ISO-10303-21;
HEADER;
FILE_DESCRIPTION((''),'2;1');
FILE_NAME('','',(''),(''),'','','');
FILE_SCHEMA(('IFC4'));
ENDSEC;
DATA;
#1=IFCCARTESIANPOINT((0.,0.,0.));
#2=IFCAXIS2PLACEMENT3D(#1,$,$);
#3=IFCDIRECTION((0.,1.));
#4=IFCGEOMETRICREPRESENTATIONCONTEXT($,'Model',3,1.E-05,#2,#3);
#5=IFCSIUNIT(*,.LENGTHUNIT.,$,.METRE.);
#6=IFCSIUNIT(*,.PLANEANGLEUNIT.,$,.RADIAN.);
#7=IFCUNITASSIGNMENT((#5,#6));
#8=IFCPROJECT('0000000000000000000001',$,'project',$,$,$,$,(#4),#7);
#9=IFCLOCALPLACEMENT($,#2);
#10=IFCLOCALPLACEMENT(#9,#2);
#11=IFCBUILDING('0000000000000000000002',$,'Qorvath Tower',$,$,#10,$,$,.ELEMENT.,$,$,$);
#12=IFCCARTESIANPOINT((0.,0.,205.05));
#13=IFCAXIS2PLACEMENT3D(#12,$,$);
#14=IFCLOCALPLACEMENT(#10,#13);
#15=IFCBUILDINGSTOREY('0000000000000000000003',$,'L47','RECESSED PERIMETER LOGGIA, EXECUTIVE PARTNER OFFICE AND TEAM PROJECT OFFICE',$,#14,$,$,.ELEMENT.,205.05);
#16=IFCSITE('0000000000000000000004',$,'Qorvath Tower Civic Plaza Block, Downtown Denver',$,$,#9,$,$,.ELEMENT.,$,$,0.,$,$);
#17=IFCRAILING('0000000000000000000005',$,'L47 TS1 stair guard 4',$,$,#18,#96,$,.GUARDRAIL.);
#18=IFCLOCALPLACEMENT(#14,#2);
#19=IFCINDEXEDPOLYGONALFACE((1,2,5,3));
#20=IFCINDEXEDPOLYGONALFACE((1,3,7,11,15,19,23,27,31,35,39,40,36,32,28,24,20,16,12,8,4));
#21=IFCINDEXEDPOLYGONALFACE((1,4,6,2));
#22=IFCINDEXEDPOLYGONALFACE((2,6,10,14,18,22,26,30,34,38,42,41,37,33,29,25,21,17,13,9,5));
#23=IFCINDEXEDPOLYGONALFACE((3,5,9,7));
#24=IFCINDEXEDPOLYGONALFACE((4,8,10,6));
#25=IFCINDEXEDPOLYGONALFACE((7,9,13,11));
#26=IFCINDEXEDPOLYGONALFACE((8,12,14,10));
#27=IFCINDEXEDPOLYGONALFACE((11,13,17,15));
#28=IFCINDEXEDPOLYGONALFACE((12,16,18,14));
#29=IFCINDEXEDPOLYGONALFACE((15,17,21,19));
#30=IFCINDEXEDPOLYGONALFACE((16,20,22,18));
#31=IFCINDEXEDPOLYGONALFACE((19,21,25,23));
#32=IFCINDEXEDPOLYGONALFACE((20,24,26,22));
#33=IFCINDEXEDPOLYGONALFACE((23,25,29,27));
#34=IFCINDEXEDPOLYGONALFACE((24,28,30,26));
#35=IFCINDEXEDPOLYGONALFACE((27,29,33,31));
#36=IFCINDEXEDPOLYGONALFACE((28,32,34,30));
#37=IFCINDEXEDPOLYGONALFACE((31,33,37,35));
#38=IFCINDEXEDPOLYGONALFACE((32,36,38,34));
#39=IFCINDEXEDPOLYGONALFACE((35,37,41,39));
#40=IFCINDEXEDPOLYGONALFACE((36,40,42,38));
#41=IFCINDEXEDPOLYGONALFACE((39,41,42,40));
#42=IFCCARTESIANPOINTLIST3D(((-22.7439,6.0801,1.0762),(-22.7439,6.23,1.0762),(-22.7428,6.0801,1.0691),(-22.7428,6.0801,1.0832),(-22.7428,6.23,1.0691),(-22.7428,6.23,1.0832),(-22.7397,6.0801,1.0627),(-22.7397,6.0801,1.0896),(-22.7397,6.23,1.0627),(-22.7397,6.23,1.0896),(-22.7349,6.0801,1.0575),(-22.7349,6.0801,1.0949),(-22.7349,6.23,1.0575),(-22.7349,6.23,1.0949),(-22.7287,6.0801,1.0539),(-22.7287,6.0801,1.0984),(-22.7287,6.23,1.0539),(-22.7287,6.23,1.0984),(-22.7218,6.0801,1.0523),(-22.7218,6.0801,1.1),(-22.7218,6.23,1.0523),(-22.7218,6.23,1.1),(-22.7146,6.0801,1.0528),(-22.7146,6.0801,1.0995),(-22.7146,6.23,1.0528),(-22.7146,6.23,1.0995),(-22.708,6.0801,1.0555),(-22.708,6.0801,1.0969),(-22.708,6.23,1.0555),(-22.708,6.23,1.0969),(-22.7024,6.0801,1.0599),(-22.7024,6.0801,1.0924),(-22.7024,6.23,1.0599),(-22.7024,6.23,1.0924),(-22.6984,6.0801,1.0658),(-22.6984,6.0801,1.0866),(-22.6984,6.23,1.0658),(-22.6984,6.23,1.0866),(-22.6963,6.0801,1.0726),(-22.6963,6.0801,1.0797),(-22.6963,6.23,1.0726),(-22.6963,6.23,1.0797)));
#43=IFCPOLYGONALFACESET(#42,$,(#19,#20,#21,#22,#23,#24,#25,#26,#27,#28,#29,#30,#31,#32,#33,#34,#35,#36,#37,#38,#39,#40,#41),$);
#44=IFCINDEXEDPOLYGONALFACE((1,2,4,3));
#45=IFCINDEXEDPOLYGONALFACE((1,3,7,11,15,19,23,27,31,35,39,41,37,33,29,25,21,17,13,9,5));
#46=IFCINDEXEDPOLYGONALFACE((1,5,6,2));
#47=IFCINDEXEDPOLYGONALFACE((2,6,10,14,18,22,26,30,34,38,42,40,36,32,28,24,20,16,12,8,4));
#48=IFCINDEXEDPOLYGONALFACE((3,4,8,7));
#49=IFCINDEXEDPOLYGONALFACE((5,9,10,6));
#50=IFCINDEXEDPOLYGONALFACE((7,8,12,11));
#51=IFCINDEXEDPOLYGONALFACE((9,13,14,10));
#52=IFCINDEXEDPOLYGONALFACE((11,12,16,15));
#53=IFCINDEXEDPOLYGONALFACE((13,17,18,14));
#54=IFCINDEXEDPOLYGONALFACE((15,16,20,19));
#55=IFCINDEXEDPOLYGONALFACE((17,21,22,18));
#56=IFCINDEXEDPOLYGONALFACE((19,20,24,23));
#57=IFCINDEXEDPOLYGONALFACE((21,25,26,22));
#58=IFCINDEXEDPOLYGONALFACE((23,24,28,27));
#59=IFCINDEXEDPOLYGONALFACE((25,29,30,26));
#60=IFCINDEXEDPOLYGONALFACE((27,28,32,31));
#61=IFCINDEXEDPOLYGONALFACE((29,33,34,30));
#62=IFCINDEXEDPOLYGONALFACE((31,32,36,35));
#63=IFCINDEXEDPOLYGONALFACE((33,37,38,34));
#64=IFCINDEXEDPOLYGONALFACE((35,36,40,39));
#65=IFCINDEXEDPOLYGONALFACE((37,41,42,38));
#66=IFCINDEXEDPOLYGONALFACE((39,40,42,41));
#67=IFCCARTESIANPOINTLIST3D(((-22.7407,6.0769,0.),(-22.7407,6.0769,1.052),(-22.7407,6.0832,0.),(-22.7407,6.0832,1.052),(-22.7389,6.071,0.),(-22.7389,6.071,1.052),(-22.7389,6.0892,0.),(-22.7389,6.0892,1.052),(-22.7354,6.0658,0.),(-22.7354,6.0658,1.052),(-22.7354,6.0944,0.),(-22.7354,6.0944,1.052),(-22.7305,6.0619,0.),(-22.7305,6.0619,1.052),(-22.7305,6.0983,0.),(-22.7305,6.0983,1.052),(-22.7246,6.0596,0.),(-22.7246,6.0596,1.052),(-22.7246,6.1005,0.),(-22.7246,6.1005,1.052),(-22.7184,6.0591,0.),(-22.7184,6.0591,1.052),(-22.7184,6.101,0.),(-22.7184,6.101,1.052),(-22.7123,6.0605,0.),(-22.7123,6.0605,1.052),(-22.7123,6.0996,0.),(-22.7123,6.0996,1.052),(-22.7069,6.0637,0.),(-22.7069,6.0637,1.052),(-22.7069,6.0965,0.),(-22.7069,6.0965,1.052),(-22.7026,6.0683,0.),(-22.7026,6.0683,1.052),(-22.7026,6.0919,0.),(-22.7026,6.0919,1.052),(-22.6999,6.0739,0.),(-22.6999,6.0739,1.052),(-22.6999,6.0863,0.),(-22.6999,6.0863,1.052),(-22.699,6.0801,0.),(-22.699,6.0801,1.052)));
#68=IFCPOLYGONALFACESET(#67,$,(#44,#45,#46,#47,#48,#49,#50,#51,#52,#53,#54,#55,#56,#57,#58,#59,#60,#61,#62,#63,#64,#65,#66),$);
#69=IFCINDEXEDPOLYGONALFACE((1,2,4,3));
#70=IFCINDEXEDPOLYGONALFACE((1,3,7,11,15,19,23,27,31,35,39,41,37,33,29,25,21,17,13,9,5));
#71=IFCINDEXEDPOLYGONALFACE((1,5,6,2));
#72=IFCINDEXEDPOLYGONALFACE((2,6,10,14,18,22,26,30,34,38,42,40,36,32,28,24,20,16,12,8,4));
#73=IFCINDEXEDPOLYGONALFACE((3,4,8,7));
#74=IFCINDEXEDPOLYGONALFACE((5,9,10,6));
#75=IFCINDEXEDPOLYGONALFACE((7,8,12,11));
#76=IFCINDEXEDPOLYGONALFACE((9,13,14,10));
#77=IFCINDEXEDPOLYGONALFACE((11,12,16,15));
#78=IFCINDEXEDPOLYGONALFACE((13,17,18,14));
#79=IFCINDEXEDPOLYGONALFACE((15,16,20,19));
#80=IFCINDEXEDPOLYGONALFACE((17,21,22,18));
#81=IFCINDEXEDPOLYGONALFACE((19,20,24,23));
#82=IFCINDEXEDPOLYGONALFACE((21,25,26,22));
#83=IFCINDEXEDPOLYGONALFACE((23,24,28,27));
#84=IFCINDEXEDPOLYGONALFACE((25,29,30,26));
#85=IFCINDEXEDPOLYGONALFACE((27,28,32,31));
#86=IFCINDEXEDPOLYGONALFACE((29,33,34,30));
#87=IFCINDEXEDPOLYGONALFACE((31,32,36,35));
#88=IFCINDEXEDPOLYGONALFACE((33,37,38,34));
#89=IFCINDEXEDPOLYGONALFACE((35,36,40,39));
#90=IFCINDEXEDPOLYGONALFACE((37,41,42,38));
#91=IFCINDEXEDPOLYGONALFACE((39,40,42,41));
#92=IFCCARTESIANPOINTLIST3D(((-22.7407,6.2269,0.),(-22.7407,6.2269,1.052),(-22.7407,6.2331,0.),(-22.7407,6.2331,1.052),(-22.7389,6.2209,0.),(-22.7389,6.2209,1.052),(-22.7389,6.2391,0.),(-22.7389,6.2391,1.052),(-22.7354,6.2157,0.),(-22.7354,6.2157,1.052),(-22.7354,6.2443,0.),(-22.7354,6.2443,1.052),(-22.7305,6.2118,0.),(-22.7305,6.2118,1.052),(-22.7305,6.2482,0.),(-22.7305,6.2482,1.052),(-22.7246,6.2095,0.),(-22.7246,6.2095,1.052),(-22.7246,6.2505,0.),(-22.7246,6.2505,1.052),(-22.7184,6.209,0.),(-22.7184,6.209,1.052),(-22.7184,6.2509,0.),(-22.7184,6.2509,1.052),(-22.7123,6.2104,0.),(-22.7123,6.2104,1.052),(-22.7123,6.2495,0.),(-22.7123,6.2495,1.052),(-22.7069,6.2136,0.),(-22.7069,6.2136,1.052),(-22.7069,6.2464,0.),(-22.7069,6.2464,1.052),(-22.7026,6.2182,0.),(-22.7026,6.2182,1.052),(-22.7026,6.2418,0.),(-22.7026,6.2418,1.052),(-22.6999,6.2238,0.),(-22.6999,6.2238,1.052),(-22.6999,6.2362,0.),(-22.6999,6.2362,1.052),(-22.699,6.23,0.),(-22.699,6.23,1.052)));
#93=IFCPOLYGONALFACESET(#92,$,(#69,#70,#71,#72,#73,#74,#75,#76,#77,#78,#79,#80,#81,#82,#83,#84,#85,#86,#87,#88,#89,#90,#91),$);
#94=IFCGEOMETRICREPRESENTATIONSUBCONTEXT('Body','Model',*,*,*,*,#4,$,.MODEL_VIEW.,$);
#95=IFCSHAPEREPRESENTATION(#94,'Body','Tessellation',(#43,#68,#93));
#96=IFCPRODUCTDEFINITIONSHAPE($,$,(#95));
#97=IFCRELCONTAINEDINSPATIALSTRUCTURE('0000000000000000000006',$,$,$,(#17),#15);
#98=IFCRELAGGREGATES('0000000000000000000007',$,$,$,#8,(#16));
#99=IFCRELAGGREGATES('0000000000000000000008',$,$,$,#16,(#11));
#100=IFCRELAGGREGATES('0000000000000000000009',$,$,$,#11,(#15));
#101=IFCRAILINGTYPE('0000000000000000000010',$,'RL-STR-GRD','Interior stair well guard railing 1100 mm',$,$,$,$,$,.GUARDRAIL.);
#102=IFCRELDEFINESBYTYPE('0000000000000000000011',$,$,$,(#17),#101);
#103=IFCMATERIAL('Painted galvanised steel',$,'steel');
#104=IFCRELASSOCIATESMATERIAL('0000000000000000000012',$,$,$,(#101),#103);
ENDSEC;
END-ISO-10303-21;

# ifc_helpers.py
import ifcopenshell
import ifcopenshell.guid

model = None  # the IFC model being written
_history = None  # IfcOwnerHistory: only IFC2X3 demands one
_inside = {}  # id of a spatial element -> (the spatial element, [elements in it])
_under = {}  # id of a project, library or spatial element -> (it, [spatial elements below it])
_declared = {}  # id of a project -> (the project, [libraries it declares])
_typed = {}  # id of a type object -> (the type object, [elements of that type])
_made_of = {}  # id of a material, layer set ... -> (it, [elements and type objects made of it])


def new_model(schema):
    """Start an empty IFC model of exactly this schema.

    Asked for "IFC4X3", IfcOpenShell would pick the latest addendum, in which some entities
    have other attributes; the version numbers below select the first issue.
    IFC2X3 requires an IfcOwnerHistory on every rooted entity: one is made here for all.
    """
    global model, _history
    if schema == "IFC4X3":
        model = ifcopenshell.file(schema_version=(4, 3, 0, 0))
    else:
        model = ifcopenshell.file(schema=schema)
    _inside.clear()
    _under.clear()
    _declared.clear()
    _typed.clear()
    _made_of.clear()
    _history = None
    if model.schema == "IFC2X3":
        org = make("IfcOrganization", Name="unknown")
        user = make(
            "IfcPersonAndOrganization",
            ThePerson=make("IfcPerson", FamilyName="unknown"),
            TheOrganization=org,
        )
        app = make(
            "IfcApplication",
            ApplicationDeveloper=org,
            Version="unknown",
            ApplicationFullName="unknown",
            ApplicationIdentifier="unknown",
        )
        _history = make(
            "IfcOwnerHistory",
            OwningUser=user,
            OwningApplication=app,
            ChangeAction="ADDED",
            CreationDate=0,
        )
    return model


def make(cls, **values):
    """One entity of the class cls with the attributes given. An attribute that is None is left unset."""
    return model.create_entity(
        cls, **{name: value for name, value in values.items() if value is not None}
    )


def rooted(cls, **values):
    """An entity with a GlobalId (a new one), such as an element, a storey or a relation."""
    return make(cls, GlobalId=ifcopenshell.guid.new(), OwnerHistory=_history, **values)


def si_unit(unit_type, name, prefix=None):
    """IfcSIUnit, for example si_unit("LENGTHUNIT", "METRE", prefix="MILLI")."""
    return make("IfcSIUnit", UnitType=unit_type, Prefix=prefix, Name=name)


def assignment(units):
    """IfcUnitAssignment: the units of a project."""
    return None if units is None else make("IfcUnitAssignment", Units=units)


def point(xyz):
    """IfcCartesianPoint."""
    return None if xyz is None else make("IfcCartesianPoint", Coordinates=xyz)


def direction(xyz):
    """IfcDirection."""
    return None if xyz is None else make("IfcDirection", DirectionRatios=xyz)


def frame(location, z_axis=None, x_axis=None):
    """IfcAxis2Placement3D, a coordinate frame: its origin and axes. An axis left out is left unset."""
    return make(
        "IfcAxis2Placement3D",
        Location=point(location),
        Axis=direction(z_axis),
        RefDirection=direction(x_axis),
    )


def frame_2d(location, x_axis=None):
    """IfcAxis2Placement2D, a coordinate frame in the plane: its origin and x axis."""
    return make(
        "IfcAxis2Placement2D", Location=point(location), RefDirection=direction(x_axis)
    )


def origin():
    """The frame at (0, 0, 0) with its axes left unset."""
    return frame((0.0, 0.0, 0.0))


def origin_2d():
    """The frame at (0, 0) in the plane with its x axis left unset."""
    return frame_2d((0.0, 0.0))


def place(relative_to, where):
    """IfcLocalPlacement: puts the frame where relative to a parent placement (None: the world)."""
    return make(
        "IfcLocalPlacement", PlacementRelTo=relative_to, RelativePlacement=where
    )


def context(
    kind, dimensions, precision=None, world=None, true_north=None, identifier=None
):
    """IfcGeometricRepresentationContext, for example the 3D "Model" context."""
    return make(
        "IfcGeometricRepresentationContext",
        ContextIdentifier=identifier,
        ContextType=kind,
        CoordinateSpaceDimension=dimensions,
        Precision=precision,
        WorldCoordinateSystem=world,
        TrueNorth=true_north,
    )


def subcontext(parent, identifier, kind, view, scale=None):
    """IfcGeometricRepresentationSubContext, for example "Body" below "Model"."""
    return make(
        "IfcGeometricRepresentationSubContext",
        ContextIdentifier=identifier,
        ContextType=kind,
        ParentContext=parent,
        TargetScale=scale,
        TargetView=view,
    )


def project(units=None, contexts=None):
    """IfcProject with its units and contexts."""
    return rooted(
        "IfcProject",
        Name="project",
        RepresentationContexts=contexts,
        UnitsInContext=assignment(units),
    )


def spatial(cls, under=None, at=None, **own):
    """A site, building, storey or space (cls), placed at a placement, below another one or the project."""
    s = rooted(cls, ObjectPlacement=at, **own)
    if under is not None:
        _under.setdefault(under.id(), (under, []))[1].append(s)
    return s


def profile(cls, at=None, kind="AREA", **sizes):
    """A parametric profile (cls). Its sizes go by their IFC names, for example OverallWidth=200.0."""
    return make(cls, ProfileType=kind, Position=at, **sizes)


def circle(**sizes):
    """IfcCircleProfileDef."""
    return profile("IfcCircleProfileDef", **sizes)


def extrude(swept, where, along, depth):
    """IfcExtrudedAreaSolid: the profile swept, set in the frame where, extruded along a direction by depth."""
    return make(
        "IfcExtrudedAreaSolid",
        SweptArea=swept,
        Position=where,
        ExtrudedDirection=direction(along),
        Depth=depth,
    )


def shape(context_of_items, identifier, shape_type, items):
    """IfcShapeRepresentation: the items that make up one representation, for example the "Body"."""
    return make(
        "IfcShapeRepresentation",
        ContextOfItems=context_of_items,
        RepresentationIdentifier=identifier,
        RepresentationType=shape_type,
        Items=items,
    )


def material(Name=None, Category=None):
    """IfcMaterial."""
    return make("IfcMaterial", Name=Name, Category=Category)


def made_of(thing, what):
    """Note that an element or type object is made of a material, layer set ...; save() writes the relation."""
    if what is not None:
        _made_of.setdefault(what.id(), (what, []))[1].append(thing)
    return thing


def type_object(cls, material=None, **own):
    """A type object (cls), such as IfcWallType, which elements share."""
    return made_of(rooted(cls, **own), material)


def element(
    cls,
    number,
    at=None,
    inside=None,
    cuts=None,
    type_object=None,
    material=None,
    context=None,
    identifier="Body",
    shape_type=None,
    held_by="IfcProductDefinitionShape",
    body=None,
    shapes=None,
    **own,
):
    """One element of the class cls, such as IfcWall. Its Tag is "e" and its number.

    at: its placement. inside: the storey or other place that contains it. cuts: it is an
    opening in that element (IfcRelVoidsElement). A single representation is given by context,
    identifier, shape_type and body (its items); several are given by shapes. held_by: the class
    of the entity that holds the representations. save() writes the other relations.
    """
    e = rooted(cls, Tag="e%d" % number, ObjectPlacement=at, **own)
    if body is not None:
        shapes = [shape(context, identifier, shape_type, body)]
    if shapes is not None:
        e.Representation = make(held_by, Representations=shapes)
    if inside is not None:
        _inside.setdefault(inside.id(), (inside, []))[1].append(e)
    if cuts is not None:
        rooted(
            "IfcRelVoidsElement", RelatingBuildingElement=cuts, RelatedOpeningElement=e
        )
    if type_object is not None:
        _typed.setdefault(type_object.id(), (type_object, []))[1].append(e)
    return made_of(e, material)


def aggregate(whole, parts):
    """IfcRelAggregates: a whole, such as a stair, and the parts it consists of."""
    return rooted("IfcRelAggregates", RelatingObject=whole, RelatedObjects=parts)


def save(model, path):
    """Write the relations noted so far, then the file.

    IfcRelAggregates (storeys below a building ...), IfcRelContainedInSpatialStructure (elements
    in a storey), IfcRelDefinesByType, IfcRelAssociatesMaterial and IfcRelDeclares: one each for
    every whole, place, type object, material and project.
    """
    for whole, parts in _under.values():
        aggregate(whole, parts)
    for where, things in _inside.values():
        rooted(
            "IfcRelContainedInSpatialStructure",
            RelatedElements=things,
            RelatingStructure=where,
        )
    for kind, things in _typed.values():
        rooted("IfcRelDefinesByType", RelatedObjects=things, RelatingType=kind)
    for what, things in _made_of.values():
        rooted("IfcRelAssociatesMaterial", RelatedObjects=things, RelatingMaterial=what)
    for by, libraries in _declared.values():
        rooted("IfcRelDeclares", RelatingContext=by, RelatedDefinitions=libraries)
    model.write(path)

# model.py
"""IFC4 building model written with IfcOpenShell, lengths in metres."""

from ifc_helpers import new_model, si_unit, direction, frame, origin, origin_2d, place, context, subcontext, project, spatial, circle, extrude, material, type_object, element, save


model = new_model("IFC4")

# Units and contexts
model_context = context("Model", 3, precision=1e-05, world=origin(), true_north=direction((0.0, 1.0)))
body_context = subcontext(model_context, "Body", "Model", "MODEL_VIEW")
ifc_project = project(units=[si_unit("LENGTHUNIT", "METRE"), si_unit("PLANEANGLEUNIT", "RADIAN")], contexts=[model_context])

# Site, building, storey
site_placement = place(None, origin())
site = spatial("IfcSite", under=ifc_project, at=site_placement, Name="Qorvath Tower Civic Plaza Block, Downtown Denver", CompositionType="ELEMENT", RefElevation=0.0)
building_placement = place(site_placement, origin())
building = spatial("IfcBuilding", under=site, at=building_placement, Name="Qorvath Tower", CompositionType="ELEMENT")
storey_placement = place(building_placement, frame((0.0, 0.0, 205.05)))
storey = spatial("IfcBuildingStorey", under=building, at=storey_placement, Name="L47", Description="RECESSED PERIMETER LOGGIA, EXECUTIVE PARTNER OFFICE AND TEAM PROJECT OFFICE", CompositionType="ELEMENT", Elevation=205.05)

# Railing
ifc_material_1 = material(Name="Painted galvanised steel", Category="steel")
railing_type_1 = type_object("IfcRailingType", Name="RL-STR-GRD", Description="Interior stair well guard railing 1100 mm", PredefinedType="GUARDRAIL", material=ifc_material_1)
railing_1_placement = place(storey_placement, frame((-22.72, 6.0801, 0.0)))
element("IfcRailing", 1, at=railing_1_placement, inside=storey, type_object=railing_type_1, Name="L47 TS1 stair guard 4", PredefinedType="GUARDRAIL", context=body_context, shape_type="SweptSolid", body=[
    extrude(circle(Radius=0.0239, at=origin_2d()), frame((0.0, 0.0, 1.0762), z_axis=(0.0, 1.0, 0.0), x_axis=(-1.0, 0.0, 0.0)), (0.0, 0.0, 1.0), 0.1499),
    extrude(circle(Radius=0.021, at=origin_2d()), origin(), (0.0, 0.0, 1.0), 1.052),
    extrude(circle(Radius=0.021, at=origin_2d()), frame((0.0, 0.1499, 0.0)), (0.0, 0.0, 1.0), 1.052),
])

save(model, "model.ifc")
